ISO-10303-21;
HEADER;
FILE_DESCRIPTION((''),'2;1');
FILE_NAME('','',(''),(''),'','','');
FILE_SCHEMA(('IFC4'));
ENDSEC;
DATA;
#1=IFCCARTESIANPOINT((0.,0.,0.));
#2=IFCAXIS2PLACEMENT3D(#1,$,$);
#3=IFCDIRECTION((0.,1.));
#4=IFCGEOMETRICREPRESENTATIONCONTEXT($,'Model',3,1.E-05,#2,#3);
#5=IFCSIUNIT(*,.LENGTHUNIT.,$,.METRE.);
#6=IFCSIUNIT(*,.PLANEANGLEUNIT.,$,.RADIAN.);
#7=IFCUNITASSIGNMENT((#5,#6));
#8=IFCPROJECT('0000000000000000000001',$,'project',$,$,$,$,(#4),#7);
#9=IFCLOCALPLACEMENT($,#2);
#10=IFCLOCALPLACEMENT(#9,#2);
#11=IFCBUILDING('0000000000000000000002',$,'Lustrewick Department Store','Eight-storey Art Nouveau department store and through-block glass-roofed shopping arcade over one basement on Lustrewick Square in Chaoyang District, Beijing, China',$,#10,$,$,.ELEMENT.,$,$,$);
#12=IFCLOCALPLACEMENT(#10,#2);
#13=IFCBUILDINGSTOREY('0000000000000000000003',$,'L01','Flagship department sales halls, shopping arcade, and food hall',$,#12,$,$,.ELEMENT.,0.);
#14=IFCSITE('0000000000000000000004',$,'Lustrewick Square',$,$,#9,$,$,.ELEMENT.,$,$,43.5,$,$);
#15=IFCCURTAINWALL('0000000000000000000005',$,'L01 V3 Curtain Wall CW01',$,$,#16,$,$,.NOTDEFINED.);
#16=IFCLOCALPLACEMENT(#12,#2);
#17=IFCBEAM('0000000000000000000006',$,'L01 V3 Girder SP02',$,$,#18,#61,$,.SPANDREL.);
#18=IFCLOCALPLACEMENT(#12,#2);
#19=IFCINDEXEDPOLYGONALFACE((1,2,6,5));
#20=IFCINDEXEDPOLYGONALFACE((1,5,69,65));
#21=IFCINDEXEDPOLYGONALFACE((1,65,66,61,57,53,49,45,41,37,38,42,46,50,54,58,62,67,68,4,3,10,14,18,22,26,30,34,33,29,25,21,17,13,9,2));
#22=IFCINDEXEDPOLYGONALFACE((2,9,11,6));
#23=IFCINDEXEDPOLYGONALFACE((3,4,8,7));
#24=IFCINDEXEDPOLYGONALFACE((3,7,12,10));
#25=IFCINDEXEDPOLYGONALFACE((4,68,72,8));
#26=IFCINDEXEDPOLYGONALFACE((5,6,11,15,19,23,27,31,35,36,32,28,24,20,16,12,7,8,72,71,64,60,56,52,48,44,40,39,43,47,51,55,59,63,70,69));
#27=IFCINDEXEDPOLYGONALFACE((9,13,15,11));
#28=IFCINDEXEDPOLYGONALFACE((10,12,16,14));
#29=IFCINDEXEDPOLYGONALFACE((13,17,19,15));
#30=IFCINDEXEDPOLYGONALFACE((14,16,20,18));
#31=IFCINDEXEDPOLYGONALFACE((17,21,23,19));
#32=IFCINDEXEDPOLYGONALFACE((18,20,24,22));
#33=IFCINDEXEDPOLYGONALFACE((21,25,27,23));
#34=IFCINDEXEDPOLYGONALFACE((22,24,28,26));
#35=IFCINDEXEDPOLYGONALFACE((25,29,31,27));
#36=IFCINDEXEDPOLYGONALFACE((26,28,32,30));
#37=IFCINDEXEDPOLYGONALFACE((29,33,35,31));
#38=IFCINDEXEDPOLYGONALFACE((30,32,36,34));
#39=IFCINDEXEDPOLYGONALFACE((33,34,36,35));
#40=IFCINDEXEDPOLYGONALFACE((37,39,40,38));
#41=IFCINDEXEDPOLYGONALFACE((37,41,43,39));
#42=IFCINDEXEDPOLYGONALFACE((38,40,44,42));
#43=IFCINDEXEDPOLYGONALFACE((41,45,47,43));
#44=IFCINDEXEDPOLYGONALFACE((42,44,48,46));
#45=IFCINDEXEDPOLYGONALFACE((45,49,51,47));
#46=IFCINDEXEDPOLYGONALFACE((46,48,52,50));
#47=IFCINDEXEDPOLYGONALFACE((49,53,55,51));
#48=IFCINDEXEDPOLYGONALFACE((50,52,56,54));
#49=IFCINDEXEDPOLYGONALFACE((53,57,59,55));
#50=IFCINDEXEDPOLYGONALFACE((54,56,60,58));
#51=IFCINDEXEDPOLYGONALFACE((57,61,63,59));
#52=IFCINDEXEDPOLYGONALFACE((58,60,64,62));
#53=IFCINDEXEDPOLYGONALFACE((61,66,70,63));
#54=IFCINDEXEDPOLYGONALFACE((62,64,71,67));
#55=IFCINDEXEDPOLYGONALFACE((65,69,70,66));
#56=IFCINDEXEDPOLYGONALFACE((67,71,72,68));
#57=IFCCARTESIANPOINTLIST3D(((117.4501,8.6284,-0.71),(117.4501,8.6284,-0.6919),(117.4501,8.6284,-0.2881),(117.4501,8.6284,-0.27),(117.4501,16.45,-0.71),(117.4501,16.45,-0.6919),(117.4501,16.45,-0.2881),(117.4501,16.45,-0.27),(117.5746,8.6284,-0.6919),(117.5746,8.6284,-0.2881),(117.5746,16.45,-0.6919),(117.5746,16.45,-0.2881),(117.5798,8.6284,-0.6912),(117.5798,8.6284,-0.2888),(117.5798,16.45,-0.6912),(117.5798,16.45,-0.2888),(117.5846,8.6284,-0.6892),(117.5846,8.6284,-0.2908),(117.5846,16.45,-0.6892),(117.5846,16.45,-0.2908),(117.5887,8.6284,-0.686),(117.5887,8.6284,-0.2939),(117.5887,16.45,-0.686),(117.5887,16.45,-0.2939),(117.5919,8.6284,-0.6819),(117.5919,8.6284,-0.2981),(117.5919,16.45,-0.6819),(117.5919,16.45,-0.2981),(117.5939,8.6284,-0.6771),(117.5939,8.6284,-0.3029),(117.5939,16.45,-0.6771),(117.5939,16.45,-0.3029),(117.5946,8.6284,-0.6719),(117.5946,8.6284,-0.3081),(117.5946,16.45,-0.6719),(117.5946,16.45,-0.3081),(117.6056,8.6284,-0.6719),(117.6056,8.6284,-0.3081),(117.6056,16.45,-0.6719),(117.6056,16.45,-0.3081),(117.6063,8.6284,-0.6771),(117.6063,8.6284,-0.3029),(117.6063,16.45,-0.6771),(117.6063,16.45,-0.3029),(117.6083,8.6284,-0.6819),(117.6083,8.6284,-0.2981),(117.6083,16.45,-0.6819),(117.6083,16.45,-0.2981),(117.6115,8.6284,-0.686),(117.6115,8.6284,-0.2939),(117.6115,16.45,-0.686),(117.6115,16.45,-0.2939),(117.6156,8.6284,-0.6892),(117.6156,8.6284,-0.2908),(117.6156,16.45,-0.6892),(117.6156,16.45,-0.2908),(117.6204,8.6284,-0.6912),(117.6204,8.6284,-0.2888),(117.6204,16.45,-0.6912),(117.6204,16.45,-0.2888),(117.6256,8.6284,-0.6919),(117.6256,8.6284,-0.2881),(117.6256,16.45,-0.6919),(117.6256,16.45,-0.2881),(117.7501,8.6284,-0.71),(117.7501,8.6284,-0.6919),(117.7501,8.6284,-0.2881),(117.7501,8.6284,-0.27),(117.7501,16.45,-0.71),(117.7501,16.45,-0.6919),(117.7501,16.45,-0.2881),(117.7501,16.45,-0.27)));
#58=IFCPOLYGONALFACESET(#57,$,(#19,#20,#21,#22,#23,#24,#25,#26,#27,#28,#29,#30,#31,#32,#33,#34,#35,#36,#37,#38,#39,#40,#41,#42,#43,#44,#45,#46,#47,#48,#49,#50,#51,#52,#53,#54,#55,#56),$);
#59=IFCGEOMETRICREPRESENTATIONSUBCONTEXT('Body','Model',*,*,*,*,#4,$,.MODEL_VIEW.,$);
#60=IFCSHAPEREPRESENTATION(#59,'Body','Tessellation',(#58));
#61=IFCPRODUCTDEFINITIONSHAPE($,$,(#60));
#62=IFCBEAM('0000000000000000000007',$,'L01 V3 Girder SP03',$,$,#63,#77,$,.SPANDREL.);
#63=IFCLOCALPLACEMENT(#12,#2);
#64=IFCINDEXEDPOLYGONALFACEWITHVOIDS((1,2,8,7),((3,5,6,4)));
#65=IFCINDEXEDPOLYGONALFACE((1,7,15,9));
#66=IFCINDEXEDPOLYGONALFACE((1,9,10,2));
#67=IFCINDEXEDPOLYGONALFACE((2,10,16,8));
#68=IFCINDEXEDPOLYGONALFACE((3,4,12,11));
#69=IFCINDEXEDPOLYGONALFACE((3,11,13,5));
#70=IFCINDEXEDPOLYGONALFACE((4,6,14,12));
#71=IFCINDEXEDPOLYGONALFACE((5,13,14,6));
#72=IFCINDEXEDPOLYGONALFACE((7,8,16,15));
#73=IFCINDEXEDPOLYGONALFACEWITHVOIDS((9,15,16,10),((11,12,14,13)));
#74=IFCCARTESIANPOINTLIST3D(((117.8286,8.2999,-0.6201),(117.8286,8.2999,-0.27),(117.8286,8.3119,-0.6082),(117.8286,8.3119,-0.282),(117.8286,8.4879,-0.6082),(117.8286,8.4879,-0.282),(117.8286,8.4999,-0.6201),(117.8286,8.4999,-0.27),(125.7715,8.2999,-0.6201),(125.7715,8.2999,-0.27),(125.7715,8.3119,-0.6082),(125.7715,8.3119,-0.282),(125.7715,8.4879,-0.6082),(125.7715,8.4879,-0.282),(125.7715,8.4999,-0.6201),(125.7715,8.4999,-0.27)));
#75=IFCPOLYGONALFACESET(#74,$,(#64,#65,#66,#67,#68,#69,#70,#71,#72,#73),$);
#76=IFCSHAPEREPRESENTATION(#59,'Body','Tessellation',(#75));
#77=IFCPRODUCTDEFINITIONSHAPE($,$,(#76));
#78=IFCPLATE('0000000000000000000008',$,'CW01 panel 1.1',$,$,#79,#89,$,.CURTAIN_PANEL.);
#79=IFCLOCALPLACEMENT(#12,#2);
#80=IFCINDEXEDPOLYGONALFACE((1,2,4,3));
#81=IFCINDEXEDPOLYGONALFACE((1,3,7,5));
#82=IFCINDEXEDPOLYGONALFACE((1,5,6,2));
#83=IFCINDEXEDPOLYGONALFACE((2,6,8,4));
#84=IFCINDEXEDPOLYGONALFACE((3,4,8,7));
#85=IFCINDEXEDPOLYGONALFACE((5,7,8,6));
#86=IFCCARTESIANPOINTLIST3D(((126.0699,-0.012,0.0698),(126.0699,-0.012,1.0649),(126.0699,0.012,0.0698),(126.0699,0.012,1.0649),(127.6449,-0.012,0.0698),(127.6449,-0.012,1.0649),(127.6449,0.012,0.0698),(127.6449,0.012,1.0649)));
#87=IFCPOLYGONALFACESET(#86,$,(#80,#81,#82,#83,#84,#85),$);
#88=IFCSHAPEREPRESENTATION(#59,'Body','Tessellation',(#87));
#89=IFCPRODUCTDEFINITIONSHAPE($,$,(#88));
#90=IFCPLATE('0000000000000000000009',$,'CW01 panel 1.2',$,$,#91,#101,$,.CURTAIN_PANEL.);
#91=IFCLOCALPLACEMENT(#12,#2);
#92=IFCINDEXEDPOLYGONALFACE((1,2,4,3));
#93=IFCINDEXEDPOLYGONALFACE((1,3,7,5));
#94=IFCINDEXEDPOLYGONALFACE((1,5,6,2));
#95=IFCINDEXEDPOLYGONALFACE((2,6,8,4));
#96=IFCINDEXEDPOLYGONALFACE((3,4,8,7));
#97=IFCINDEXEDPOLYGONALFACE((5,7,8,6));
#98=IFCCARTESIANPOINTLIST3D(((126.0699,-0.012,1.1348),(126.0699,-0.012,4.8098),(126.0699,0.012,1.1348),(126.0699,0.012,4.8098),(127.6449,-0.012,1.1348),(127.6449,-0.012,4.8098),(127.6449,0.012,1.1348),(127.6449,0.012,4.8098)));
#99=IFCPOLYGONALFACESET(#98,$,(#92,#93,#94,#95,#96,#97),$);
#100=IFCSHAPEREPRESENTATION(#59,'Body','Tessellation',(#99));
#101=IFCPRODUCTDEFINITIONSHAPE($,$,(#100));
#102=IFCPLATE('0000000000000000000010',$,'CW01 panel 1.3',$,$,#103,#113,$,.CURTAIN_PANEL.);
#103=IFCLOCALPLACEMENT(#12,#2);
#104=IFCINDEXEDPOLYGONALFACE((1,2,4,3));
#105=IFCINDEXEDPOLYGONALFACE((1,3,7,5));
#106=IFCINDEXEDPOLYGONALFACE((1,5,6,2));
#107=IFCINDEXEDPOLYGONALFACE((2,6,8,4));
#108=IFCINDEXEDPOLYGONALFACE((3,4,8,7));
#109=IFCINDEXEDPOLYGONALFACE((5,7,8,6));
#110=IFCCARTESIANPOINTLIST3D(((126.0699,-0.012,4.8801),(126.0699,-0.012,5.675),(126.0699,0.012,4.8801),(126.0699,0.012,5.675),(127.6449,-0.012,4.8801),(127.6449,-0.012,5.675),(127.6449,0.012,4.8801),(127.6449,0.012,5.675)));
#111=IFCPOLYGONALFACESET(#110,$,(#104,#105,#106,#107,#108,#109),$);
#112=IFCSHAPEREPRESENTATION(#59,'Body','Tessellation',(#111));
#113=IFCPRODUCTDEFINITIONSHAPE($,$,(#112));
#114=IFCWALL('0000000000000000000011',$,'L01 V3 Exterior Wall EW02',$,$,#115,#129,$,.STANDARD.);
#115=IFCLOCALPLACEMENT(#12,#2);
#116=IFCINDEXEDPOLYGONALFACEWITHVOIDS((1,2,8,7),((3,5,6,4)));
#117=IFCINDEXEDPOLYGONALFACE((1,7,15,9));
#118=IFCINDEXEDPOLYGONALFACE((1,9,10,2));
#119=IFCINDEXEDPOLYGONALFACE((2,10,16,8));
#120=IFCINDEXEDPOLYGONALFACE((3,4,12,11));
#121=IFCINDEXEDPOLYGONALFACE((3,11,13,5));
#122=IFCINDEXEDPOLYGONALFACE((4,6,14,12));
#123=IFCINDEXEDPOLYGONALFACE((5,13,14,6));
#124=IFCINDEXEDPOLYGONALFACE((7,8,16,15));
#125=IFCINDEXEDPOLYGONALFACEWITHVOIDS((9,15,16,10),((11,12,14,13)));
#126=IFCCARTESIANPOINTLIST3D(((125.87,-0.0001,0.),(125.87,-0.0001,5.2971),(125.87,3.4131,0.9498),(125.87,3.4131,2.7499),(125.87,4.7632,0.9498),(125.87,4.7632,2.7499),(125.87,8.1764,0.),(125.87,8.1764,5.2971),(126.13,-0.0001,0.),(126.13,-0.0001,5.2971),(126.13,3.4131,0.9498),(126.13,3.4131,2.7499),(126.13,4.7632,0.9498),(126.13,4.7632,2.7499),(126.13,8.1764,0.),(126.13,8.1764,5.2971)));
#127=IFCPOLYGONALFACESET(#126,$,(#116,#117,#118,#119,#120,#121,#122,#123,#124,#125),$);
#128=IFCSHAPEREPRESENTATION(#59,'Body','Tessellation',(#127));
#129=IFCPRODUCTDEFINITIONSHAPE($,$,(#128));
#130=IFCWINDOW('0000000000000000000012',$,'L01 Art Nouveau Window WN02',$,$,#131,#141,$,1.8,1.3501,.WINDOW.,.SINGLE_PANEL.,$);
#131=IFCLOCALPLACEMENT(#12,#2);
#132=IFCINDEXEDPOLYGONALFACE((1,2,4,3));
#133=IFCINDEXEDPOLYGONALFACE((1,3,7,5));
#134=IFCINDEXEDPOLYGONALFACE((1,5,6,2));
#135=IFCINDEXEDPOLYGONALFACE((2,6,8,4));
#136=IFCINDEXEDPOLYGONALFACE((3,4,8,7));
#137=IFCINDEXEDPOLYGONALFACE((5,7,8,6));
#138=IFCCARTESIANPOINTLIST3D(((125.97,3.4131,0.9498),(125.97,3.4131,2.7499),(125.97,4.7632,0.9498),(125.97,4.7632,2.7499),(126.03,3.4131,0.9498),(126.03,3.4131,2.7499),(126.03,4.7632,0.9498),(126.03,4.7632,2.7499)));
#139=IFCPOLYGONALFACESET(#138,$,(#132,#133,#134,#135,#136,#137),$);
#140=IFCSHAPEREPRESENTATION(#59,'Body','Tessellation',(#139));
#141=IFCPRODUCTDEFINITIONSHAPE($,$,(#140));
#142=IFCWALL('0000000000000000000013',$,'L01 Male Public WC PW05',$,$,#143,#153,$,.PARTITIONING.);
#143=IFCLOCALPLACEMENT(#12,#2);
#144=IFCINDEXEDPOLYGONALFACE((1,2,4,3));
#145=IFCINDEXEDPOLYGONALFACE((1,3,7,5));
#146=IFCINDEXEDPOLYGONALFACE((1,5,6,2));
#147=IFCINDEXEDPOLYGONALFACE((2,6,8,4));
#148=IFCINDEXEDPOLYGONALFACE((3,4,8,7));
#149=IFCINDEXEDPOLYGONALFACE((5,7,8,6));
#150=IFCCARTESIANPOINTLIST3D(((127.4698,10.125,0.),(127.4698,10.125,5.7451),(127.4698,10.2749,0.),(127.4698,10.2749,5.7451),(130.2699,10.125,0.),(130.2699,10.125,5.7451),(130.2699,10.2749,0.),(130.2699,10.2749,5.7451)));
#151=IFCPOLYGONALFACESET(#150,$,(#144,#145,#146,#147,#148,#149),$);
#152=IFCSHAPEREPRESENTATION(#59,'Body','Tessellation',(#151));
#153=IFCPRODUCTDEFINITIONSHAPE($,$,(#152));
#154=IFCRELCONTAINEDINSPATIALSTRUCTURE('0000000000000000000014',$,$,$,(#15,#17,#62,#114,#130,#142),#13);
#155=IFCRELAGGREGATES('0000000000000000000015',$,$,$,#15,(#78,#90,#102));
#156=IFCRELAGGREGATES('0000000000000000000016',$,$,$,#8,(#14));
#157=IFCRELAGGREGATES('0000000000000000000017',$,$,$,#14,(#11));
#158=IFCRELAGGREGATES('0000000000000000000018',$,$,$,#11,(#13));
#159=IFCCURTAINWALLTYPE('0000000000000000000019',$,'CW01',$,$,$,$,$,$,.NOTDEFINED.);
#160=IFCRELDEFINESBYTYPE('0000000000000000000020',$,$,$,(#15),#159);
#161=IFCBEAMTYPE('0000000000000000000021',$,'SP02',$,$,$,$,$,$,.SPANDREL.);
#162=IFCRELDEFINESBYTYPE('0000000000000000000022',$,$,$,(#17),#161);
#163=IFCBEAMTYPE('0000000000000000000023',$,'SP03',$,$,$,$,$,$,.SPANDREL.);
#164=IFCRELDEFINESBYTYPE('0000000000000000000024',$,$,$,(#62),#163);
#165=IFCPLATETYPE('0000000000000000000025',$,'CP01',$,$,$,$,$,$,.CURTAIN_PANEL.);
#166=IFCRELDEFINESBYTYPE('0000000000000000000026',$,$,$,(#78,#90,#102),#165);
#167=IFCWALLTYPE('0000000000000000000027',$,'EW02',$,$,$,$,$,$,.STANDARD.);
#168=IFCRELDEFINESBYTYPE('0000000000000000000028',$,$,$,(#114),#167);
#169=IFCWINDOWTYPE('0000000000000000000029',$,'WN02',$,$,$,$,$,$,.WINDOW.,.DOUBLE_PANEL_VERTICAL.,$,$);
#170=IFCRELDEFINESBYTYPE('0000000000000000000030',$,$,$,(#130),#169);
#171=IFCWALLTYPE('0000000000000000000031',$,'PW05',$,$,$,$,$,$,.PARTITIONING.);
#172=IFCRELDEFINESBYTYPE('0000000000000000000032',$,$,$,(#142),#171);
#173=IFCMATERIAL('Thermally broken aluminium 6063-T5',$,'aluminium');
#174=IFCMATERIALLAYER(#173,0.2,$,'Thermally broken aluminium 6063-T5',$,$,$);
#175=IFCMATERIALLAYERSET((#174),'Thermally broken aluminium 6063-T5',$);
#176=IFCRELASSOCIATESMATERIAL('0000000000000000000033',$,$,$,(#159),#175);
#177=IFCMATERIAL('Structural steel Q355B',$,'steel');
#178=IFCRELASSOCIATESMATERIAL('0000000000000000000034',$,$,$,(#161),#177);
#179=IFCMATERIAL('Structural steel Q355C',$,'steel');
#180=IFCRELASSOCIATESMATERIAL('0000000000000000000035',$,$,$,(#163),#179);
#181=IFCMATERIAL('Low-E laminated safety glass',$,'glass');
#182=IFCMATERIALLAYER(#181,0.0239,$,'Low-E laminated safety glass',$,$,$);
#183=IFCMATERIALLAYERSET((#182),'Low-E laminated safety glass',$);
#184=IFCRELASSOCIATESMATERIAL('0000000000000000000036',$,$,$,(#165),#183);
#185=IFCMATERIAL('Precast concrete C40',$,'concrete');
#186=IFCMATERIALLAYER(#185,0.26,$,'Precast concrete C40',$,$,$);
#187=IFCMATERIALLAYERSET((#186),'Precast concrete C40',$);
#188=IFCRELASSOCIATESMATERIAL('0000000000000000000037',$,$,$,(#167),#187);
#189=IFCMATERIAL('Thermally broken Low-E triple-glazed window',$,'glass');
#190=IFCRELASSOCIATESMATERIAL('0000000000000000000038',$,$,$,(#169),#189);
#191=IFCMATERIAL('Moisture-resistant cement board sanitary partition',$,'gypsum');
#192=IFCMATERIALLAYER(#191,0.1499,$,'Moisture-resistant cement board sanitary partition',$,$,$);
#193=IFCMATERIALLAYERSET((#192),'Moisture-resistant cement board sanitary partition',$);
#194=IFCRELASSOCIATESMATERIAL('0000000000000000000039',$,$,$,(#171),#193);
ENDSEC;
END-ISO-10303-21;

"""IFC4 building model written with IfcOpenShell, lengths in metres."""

from ifc_helpers import new_model, si_unit, direction, frame, frame_2d, origin, origin_2d, place, context, subcontext, project, spatial, rectangle, hollow_rectangle, i_section, extrude, material, layer, layer_set, material_profile, profile_set, type_object, element, fill, aggregate, save


model = new_model("IFC4")

# Units and contexts
model_context = context("Model", 3, precision=1e-05, world=origin(), true_north=direction((0.0, 1.0)))
body_context = subcontext(model_context, "Body", "Model", "MODEL_VIEW")
ifc_project = project(units=[si_unit("LENGTHUNIT", "METRE"), si_unit("PLANEANGLEUNIT", "RADIAN")], contexts=[model_context])

# Site, building, storey
site_placement = place(None, origin())
site = spatial("IfcSite", under=ifc_project, at=site_placement, Name="Lustrewick Square", CompositionType="ELEMENT", RefElevation=43.5)
building_placement = place(site_placement, origin())
building = spatial("IfcBuilding", under=site, at=building_placement, Name="Lustrewick Department Store", Description="Eight-storey Art Nouveau department store and through-block glass-roofed shopping arcade over one basement on Lustrewick Square in Chaoyang District, Beijing, China", CompositionType="ELEMENT")
storey_placement = place(building_placement, origin())
storey = spatial("IfcBuildingStorey", under=building, at=storey_placement, Name="L01", Description="Flagship department sales halls, shopping arcade, and food hall", CompositionType="ELEMENT", Elevation=0.0)

# Shared definitions
ifc_material_1 = material(Name="Structural steel Q355C", Category="steel")

# Shared definitions
ifc_material_2 = material(Name="Structural steel Q355B", Category="steel")

# Curtain wall
ifc_material_3 = material(Name="Thermally broken aluminium 6063-T5", Category="aluminium")
ifc_layer_1 = layer(ifc_material_3, 0.2, Name="Thermally broken aluminium 6063-T5")
ifc_layer_set_1 = layer_set([ifc_layer_1], Name="Thermally broken aluminium 6063-T5")
curtain_wall_type = type_object("IfcCurtainWallType", Name="CW01", PredefinedType="NOTDEFINED", material=ifc_layer_set_1)
curtain_wall_placement = place(storey_placement, origin())
curtain_wall = element("IfcCurtainWall", 1, at=curtain_wall_placement, inside=storey, type_object=curtain_wall_type, Name="L01 V3 Curtain Wall CW01", PredefinedType="NOTDEFINED")

# Beams
ifc_material_profile_1 = material_profile(ifc_material_2, i_section(OverallWidth=0.3, OverallDepth=0.4399, WebThickness=0.011, FlangeThickness=0.0181, FilletRadius=0.02, at=origin_2d()), Name="HM 440x300x11x18")
ifc_profile_set_1 = profile_set([ifc_material_profile_1], Name="Structural steel Q355B")
beam_type_1 = type_object("IfcBeamType", Name="SP02", PredefinedType="SPANDREL", material=ifc_profile_set_1)
beam_1_placement = place(storey_placement, frame((117.6001, 8.6284, -0.49), z_axis=(0.0, 1.0, 0.0), x_axis=(-1.0, 0.0, 0.0)))
element("IfcBeam", 2, at=beam_1_placement, inside=storey, type_object=beam_type_1, Name="L01 V3 Girder SP02", PredefinedType="SPANDREL", context=body_context, shape_type="SweptSolid", body=[
    extrude(i_section(OverallWidth=0.3, OverallDepth=0.4399, WebThickness=0.011, FlangeThickness=0.0181, FilletRadius=0.02, at=origin_2d()), origin(), (0.0, 0.0, 1.0), 7.8215),
])
ifc_material_profile_2 = material_profile(ifc_material_1, hollow_rectangle(XDim=0.2, YDim=0.3501, WallThickness=0.012, at=origin_2d()), Name="RHS 350x200x12")
ifc_profile_set_2 = profile_set([ifc_material_profile_2], Name="Structural steel Q355C")
beam_type_2 = type_object("IfcBeamType", Name="SP03", PredefinedType="SPANDREL", material=ifc_profile_set_2)
beam_2_placement = place(storey_placement, frame((117.8286, 8.3999, -0.4451), z_axis=(1.0, 0.0, 0.0), x_axis=(0.0, 1.0, 0.0)))
element("IfcBeam", 3, at=beam_2_placement, inside=storey, type_object=beam_type_2, Name="L01 V3 Girder SP03", PredefinedType="SPANDREL", context=body_context, shape_type="SweptSolid", body=[
    extrude(hollow_rectangle(XDim=0.2, YDim=0.3501, WallThickness=0.012, at=origin_2d()), origin(), (0.0, 0.0, 1.0), 7.9429),
])

# Plates
ifc_material_4 = material(Name="Low-E laminated safety glass", Category="glass")
ifc_layer_2 = layer(ifc_material_4, 0.0239, Name="Low-E laminated safety glass")
ifc_layer_set_2 = layer_set([ifc_layer_2], Name="Low-E laminated safety glass")
plate_type = type_object("IfcPlateType", Name="CP01", PredefinedType="CURTAIN_PANEL", material=ifc_layer_set_2)
plate_1_placement = place(storey_placement, frame((126.8574, 0.0, 0.0698), z_axis=(0.0, 0.0, 1.0), x_axis=(1.0, 0.0, 0.0)))
plate_1 = element("IfcPlate", 4, at=plate_1_placement, type_object=plate_type, Name="CW01 panel 1.1", PredefinedType="CURTAIN_PANEL", context=body_context, shape_type="SweptSolid", body=[
    extrude(rectangle(XDim=1.575, YDim=0.0239, at=origin_2d()), origin(), (0.0, 0.0, 1.0), 0.9951),
])
plate_2_placement = place(storey_placement, frame((126.8574, 0.0, 1.1348), z_axis=(0.0, 0.0, 1.0), x_axis=(1.0, 0.0, 0.0)))
plate_2 = element("IfcPlate", 5, at=plate_2_placement, type_object=plate_type, Name="CW01 panel 1.2", PredefinedType="CURTAIN_PANEL", context=body_context, shape_type="SweptSolid", body=[
    extrude(rectangle(XDim=1.575, YDim=0.0239, at=origin_2d()), origin(), (0.0, 0.0, 1.0), 3.675),
])
plate_3_placement = place(storey_placement, frame((126.8574, 0.0, 4.8801), z_axis=(0.0, 0.0, 1.0), x_axis=(1.0, 0.0, 0.0)))
plate_3 = element("IfcPlate", 6, at=plate_3_placement, type_object=plate_type, Name="CW01 panel 1.3", PredefinedType="CURTAIN_PANEL", context=body_context, shape_type="SweptSolid", body=[
    extrude(rectangle(XDim=1.575, YDim=0.0239, at=origin_2d()), origin(), (0.0, 0.0, 1.0), 0.7949),
])
aggregate(curtain_wall, [plate_1, plate_2, plate_3])

# Shared definitions
ifc_material_5 = material(Name="Precast concrete C40", Category="concrete")

# Wall, opening, window
ifc_layer_3 = layer(ifc_material_5, 0.26, Name="Precast concrete C40")
ifc_layer_set_3 = layer_set([ifc_layer_3], Name="Precast concrete C40")
wall_type_1 = type_object("IfcWallType", Name="EW02", PredefinedType="STANDARD", material=ifc_layer_set_3)
wall_1_placement = place(storey_placement, frame((126.0, 8.1765, 0.0), z_axis=(0.0, 0.0, 1.0), x_axis=(0.0, -1.0, 0.0)))
wall_1 = element("IfcWall", 7, at=wall_1_placement, inside=storey, type_object=wall_type_1, Name="L01 V3 Exterior Wall EW02", PredefinedType="STANDARD", context=body_context, shape_type="SweptSolid", body=[
    extrude(rectangle(XDim=8.1765, YDim=0.26, at=frame_2d((4.0884, 0.0))), origin(), (0.0, 0.0, 1.0), 5.2971),
])
opening_1_placement = place(wall_1_placement, frame((3.4133, 0.0, 0.95)))
opening_1 = element("IfcOpeningElement", 8, at=opening_1_placement, cuts=wall_1, PredefinedType="OPENING", context=body_context, shape_type="SweptSolid", body=[
    extrude(rectangle(XDim=1.3501, YDim=1.8, at=frame_2d((0.675, 0.8999))), frame((0.0, 0.1401, 0.0), z_axis=(0.0, -1.0, 0.0), x_axis=(1.0, 0.0, 0.0)), (0.0, 0.0, 1.0), 0.28),
])
ifc_material_6 = material(Name="Thermally broken Low-E triple-glazed window", Category="glass")
window_type = type_object("IfcWindowType", Name="WN02", PartitioningType="DOUBLE_PANEL_VERTICAL", PredefinedType="WINDOW", material=ifc_material_6)
window_placement = place(opening_1_placement, origin())
window = element("IfcWindow", 9, at=window_placement, inside=storey, type_object=window_type, Name="L01 Art Nouveau Window WN02", OverallHeight=1.8, OverallWidth=1.3501, PartitioningType="SINGLE_PANEL", PredefinedType="WINDOW", context=body_context, shape_type="SweptSolid", body=[
    extrude(rectangle(XDim=1.3501, YDim=1.8, at=frame_2d((0.675, 0.8999))), frame((0.0, 0.03, 0.0), z_axis=(0.0, -1.0, 0.0), x_axis=(1.0, 0.0, 0.0)), (0.0, 0.0, 1.0), 0.0601),
])
fill(opening_1, window)

# Wall
ifc_material_7 = material(Name="Moisture-resistant cement board sanitary partition", Category="gypsum")
ifc_layer_4 = layer(ifc_material_7, 0.1499, Name="Moisture-resistant cement board sanitary partition")
ifc_layer_set_4 = layer_set([ifc_layer_4], Name="Moisture-resistant cement board sanitary partition")
wall_type_2 = type_object("IfcWallType", Name="PW05", PredefinedType="PARTITIONING", material=ifc_layer_set_4)
wall_2_placement = place(storey_placement, frame((127.47, 10.2, 0.0), z_axis=(0.0, 0.0, 1.0), x_axis=(1.0, 0.0, 0.0)))
element("IfcWall", 10, at=wall_2_placement, inside=storey, type_object=wall_type_2, Name="L01 Male Public WC PW05", PredefinedType="PARTITIONING", context=body_context, shape_type="SweptSolid", body=[
    extrude(rectangle(XDim=2.8, YDim=0.1499, at=frame_2d((1.3999, 0.0))), origin(), (0.0, 0.0, 1.0), 5.7451),
])

save(model, "model.ifc")
